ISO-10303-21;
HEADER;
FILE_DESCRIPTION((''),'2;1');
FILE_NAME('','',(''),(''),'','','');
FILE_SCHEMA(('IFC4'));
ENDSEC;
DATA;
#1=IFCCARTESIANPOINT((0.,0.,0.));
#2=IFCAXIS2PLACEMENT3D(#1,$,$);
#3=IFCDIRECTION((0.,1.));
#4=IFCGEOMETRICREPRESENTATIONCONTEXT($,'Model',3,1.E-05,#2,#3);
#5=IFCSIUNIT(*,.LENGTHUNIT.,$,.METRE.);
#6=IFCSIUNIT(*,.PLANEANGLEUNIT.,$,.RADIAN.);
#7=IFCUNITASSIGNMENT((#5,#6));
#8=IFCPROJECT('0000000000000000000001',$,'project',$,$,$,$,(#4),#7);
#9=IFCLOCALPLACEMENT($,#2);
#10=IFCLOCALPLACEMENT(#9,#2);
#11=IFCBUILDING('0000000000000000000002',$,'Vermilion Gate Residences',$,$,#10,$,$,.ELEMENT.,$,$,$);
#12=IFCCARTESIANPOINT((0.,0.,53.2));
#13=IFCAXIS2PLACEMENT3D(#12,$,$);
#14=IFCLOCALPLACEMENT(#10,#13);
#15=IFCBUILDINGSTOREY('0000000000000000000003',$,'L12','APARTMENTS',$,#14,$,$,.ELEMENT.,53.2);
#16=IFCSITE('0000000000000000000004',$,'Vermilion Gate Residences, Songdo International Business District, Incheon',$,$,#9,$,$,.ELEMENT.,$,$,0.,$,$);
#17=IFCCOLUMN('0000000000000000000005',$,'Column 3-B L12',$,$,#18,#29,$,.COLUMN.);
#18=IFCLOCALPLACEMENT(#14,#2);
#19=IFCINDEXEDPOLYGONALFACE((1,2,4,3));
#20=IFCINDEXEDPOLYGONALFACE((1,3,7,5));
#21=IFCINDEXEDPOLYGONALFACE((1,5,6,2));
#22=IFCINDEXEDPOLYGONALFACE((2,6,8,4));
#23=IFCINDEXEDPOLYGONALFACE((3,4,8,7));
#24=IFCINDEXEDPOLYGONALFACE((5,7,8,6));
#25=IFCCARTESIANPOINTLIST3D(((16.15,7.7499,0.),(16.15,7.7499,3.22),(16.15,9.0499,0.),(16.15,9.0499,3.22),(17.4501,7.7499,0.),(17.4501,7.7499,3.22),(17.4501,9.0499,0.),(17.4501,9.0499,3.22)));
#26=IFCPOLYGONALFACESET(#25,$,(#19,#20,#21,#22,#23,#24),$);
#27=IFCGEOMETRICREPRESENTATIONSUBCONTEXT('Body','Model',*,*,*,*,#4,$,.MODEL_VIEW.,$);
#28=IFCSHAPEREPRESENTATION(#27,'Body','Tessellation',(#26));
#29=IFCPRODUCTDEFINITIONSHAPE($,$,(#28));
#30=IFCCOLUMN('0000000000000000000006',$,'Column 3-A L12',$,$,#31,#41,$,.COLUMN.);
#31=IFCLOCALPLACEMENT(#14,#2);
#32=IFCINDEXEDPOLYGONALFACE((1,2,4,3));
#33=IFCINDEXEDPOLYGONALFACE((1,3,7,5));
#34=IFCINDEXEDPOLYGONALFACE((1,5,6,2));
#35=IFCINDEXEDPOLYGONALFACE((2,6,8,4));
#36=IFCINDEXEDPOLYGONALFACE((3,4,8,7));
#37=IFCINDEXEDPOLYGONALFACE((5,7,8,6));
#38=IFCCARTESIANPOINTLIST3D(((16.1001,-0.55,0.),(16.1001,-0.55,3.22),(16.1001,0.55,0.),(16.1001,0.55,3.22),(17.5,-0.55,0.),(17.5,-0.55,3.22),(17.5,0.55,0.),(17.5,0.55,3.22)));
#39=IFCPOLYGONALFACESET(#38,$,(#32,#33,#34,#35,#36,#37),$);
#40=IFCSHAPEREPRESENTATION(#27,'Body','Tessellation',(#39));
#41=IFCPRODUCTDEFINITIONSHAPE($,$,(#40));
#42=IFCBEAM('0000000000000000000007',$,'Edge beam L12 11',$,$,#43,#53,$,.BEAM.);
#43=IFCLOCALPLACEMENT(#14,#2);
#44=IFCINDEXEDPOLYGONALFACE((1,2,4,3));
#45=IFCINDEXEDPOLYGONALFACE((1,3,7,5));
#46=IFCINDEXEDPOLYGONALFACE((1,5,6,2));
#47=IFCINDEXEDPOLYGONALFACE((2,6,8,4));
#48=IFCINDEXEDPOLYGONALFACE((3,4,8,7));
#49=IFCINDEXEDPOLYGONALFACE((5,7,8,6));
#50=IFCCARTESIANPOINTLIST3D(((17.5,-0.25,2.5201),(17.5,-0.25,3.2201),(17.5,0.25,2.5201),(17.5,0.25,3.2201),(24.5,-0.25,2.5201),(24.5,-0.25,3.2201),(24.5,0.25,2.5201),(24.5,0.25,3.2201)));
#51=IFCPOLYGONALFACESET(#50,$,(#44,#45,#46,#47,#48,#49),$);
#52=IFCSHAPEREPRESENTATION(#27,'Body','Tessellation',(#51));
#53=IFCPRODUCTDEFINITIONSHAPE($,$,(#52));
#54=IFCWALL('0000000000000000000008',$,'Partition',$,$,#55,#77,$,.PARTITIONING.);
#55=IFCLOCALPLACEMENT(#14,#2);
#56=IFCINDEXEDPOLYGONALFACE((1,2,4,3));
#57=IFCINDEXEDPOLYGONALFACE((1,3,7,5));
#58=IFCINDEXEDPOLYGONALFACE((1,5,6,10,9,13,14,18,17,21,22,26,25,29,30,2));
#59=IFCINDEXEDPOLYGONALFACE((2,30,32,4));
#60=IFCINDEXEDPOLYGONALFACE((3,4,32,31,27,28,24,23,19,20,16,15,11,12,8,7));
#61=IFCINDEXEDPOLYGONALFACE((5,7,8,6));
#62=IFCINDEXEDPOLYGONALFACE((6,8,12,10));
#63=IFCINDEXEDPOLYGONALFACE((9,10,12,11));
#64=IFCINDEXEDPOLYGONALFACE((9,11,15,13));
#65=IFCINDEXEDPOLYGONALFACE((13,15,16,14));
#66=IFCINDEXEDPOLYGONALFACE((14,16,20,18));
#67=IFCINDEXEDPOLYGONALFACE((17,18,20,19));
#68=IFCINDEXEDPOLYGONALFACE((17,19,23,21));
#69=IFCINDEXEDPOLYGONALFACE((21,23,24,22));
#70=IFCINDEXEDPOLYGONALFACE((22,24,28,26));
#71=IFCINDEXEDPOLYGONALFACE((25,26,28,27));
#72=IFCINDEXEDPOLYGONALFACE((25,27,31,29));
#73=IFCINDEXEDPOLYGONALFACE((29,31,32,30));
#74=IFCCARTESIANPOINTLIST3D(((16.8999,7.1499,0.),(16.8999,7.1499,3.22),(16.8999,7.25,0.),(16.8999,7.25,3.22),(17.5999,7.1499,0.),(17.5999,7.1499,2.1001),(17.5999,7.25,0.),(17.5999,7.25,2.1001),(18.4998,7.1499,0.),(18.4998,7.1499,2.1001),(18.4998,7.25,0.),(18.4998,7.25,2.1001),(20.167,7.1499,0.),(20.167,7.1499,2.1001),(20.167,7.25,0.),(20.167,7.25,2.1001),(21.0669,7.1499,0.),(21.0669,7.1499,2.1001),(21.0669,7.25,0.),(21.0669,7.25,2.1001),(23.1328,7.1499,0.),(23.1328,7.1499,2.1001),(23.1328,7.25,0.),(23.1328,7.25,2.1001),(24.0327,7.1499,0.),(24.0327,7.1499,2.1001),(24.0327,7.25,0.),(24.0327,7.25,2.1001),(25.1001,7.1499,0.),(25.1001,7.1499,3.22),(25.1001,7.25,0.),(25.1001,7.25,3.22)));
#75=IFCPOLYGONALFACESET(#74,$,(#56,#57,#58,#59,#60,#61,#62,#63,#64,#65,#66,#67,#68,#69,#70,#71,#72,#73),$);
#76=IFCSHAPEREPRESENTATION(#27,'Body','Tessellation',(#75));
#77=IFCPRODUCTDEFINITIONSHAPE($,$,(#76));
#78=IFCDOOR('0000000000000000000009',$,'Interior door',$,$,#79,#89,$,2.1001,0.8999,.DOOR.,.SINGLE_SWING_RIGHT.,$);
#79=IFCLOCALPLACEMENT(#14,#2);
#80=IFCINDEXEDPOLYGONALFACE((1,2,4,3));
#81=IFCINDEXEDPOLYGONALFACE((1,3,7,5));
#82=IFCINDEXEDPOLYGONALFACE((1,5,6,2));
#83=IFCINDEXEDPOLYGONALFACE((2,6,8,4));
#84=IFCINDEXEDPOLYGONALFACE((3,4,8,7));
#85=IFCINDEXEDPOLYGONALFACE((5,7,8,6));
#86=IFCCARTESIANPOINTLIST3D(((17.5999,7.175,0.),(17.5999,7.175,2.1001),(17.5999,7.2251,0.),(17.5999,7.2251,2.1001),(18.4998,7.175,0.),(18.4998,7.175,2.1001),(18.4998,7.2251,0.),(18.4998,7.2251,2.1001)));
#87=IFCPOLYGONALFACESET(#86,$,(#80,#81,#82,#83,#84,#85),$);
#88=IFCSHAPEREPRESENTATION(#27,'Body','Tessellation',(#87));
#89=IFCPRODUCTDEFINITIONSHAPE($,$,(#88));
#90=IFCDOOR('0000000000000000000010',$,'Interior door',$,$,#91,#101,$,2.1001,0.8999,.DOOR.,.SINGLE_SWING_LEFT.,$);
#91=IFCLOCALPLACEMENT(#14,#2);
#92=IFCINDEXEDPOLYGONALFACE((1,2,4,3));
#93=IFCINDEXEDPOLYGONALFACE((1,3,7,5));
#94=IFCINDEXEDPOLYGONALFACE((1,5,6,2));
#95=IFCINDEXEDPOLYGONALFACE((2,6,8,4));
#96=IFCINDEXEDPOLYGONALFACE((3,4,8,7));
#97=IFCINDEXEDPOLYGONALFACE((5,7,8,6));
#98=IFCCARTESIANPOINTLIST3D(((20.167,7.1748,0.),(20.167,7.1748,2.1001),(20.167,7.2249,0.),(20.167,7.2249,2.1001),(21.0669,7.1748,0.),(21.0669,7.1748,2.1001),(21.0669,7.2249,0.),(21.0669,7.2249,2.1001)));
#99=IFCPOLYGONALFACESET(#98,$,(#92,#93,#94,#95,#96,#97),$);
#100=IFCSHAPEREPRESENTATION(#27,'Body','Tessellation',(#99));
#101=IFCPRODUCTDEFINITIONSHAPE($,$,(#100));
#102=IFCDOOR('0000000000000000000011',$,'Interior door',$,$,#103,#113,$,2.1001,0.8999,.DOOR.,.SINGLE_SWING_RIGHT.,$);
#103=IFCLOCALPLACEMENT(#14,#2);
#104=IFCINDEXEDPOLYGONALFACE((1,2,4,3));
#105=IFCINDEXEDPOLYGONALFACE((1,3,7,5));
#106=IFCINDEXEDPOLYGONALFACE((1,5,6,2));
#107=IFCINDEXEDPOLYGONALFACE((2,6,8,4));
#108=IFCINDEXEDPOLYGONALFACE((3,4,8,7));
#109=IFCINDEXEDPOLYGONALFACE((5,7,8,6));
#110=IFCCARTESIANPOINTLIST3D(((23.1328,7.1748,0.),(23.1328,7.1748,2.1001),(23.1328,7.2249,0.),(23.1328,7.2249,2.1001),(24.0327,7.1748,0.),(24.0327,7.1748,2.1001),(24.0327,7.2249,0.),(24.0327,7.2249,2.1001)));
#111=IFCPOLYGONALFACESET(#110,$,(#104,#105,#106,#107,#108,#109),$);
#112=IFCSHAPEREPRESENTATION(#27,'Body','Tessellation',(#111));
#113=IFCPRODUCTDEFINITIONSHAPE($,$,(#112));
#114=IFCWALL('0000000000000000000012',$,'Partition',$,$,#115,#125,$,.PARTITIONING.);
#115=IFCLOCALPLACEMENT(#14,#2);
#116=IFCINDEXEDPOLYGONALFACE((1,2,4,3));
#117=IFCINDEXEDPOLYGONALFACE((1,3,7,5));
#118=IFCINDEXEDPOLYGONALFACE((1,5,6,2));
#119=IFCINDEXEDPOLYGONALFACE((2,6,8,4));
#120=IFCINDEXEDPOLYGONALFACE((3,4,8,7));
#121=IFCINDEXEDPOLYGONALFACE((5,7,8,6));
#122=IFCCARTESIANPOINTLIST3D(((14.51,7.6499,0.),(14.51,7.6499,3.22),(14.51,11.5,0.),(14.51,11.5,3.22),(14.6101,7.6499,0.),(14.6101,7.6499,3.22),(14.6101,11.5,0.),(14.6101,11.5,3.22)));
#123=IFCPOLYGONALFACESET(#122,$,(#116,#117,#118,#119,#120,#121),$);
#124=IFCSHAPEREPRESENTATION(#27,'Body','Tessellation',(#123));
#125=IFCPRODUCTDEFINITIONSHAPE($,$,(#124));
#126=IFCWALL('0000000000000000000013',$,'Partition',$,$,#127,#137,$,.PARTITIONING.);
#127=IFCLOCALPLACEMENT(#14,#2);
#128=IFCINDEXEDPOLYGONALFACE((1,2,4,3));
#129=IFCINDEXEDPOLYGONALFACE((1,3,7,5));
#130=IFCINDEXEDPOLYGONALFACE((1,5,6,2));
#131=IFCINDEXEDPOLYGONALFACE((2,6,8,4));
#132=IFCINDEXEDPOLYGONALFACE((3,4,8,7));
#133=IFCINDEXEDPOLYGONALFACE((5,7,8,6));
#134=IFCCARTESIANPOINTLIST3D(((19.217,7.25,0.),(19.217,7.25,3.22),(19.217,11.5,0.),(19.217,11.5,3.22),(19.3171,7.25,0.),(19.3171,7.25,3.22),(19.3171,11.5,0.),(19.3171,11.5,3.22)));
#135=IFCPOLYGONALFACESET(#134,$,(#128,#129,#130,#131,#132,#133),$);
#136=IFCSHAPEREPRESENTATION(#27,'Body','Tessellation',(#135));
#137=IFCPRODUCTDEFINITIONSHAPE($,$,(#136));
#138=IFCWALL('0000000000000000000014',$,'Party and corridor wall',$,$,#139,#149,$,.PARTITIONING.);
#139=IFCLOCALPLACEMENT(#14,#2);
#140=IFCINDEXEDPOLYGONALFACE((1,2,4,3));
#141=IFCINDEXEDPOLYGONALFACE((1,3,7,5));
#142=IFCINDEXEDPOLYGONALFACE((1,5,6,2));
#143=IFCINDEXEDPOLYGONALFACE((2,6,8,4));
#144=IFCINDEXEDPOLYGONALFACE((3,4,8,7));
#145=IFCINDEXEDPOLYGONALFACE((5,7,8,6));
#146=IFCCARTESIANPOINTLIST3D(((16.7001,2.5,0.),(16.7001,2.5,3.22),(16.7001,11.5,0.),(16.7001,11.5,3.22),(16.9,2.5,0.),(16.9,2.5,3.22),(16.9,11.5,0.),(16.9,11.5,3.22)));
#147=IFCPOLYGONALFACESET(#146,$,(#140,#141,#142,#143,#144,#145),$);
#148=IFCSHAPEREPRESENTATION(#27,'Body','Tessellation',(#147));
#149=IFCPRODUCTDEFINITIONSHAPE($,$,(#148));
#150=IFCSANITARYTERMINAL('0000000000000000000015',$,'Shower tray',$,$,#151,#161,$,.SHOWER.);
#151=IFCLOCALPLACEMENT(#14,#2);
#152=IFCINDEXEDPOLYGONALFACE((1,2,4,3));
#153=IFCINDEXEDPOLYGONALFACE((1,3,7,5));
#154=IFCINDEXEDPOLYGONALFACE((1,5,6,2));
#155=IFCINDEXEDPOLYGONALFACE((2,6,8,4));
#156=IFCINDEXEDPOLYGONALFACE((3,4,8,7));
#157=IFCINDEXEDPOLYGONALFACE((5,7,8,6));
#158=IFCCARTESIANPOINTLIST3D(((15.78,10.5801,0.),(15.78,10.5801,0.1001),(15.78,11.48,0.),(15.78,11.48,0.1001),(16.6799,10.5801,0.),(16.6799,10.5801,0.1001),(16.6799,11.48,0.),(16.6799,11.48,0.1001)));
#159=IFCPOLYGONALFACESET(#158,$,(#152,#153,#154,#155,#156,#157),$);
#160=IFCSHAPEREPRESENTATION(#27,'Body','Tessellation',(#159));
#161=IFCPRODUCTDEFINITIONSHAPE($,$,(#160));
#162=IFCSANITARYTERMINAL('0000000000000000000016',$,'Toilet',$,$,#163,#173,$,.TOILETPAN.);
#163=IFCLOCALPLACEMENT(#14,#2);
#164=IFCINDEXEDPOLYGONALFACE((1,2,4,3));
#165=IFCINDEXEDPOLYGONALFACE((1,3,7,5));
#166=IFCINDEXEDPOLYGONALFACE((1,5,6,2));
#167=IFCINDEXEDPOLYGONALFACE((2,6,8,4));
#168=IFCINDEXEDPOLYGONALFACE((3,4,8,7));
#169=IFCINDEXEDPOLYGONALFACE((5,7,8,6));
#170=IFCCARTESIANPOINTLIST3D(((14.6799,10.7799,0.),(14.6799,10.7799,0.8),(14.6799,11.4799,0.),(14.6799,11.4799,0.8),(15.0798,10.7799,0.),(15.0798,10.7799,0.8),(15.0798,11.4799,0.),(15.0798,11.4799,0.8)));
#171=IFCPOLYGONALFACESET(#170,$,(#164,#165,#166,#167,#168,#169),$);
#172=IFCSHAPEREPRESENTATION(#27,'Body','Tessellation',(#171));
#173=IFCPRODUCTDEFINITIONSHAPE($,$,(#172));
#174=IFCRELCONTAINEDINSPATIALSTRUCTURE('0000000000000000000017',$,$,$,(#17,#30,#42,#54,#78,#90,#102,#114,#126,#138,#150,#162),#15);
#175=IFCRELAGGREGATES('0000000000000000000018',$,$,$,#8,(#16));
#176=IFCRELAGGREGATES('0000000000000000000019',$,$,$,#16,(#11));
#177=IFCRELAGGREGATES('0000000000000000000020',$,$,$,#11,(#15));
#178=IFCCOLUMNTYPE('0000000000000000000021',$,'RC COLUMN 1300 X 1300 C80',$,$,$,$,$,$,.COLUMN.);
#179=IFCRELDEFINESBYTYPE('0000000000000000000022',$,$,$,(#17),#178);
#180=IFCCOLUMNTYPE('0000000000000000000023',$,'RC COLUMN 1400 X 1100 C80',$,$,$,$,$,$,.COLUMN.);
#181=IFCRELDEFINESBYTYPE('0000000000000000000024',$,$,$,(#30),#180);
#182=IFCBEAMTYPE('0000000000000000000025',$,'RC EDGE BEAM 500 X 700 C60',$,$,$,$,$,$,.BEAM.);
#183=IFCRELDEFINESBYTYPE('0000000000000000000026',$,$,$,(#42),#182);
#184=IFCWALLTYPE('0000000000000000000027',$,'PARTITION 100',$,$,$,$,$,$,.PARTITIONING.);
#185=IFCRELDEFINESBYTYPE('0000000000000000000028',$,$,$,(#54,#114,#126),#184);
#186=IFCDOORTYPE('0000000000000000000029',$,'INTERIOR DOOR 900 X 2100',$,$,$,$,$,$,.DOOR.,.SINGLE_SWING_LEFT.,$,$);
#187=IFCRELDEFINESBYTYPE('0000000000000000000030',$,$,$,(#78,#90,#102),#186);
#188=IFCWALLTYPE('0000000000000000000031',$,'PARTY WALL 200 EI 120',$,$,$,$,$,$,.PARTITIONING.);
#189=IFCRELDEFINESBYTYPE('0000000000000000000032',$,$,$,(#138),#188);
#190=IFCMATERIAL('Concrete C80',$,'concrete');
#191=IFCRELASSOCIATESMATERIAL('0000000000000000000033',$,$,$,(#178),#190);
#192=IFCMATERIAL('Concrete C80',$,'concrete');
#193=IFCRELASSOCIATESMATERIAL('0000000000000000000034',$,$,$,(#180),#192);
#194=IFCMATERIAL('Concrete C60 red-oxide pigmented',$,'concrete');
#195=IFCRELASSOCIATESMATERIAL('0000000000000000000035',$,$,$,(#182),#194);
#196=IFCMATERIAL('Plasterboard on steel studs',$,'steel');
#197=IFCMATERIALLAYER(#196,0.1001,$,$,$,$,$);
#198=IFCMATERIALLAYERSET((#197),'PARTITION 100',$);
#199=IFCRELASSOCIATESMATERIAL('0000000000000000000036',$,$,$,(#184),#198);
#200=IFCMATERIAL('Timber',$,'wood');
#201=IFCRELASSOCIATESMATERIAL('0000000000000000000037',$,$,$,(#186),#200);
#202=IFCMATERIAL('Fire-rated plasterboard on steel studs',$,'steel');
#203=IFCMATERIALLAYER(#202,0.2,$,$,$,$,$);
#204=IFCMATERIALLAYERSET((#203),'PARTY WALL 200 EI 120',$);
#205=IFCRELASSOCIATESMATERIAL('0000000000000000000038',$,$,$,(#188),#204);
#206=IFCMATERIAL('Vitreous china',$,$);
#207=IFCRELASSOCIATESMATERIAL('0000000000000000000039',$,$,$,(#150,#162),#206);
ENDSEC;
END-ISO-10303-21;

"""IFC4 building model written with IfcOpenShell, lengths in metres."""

from ifc_helpers import new_model, si_unit, direction, frame, frame_2d, origin, origin_2d, place, context, subcontext, project, spatial, rectangle, extrude, material, layer, layer_set, material_profile, profile_set, type_object, element, fill, save


model = new_model("IFC4")

# Units and contexts
model_context = context("Model", 3, precision=1e-05, world=origin(), true_north=direction((0.0, 1.0)))
body_context = subcontext(model_context, "Body", "Model", "MODEL_VIEW")
ifc_project = project(units=[si_unit("LENGTHUNIT", "METRE"), si_unit("PLANEANGLEUNIT", "RADIAN")], contexts=[model_context])

# Site, building, storey
site_placement = place(None, origin())
site = spatial("IfcSite", under=ifc_project, at=site_placement, Name="Vermilion Gate Residences, Songdo International Business District, Incheon", CompositionType="ELEMENT", RefElevation=0.0)
building_placement = place(site_placement, origin())
building = spatial("IfcBuilding", under=site, at=building_placement, Name="Vermilion Gate Residences", CompositionType="ELEMENT")
storey_placement = place(building_placement, frame((0.0, 0.0, 53.2)))
storey = spatial("IfcBuildingStorey", under=building, at=storey_placement, Name="L12", Description="APARTMENTS", CompositionType="ELEMENT", Elevation=53.2)

# Columns
ifc_material_1 = material(Name="Concrete C80", Category="concrete")
ifc_material_profile_1 = material_profile(ifc_material_1, rectangle(XDim=1.3, YDim=1.3, at=origin_2d()), Name="RC-1300x1300")
ifc_profile_set_1 = profile_set([ifc_material_profile_1], Name="Concrete C80")
column_type_1 = type_object("IfcColumnType", Name="RC COLUMN 1300 X 1300 C80", PredefinedType="COLUMN", material=ifc_profile_set_1)
column_1_placement = place(storey_placement, frame((16.8, 8.3999, 0.0), z_axis=(0.0, 0.0, 1.0), x_axis=(1.0, 0.0, 0.0)))
element("IfcColumn", 1, at=column_1_placement, inside=storey, type_object=column_type_1, Name="Column 3-B L12", PredefinedType="COLUMN", context=body_context, shape_type="SweptSolid", body=[
    extrude(rectangle(XDim=1.3, YDim=1.3, at=origin_2d()), origin(), (0.0, 0.0, 1.0), 3.22),
])
ifc_material_2 = material(Name="Concrete C80", Category="concrete")
ifc_material_profile_2 = material_profile(ifc_material_2, rectangle(XDim=1.3999, YDim=1.1001, at=origin_2d()), Name="RC-1400x1100")
ifc_profile_set_2 = profile_set([ifc_material_profile_2], Name="Concrete C80")
column_type_2 = type_object("IfcColumnType", Name="RC COLUMN 1400 X 1100 C80", PredefinedType="COLUMN", material=ifc_profile_set_2)
column_2_placement = place(storey_placement, frame((16.8, 0.0, 0.0), z_axis=(0.0, 0.0, 1.0), x_axis=(1.0, 0.0, 0.0)))
element("IfcColumn", 2, at=column_2_placement, inside=storey, type_object=column_type_2, Name="Column 3-A L12", PredefinedType="COLUMN", context=body_context, shape_type="SweptSolid", body=[
    extrude(rectangle(XDim=1.3999, YDim=1.1001, at=origin_2d()), origin(), (0.0, 0.0, 1.0), 3.22),
])

# Beam
ifc_material_3 = material(Name="Concrete C60 red-oxide pigmented", Category="concrete")
ifc_material_profile_3 = material_profile(ifc_material_3, rectangle(XDim=0.5, YDim=0.7, at=origin_2d()), Name="RC-500x700")
ifc_profile_set_3 = profile_set([ifc_material_profile_3], Name="Concrete C60 red-oxide pigmented")
beam_type = type_object("IfcBeamType", Name="RC EDGE BEAM 500 X 700 C60", PredefinedType="BEAM", material=ifc_profile_set_3)
beam_placement = place(storey_placement, frame((17.5, 0.0, 2.8701), z_axis=(1.0, 0.0, 0.0), x_axis=(0.0, 1.0, 0.0)))
element("IfcBeam", 3, at=beam_placement, inside=storey, type_object=beam_type, Name="Edge beam L12 11", PredefinedType="BEAM", context=body_context, shape_type="SweptSolid", body=[
    extrude(rectangle(XDim=0.5, YDim=0.7, at=origin_2d()), origin(), (0.0, 0.0, 1.0), 7.0),
])

# Wall, openings, doors
ifc_material_4 = material(Name="Plasterboard on steel studs", Category="steel")
ifc_layer_1 = layer(ifc_material_4, 0.1001)
ifc_layer_set_1 = layer_set([ifc_layer_1], Name="PARTITION 100")
wall_type_1 = type_object("IfcWallType", Name="PARTITION 100", PredefinedType="PARTITIONING", material=ifc_layer_set_1)
wall_1_placement = place(storey_placement, frame((16.8999, 7.2, 0.0), z_axis=(0.0, 0.0, 1.0), x_axis=(1.0, 0.0, 0.0)))
wall_1 = element("IfcWall", 4, at=wall_1_placement, inside=storey, type_object=wall_type_1, Name="Partition", PredefinedType="PARTITIONING", context=body_context, shape_type="SweptSolid", body=[
    extrude(rectangle(XDim=8.2002, YDim=0.1001, at=frame_2d((4.1001, 0.0))), origin(), (0.0, 0.0, 1.0), 3.22),
])
opening_1_placement = place(wall_1_placement, frame((0.7, 0.0, 0.0)))
opening_1 = element("IfcOpeningElement", 5, at=opening_1_placement, cuts=wall_1, PredefinedType="OPENING", context=body_context, shape_type="SweptSolid", body=[
    extrude(rectangle(XDim=0.8999, YDim=2.1001, at=frame_2d((0.45, 1.05))), frame((0.0, 0.0601, 0.0), z_axis=(0.0, -1.0, 0.0), x_axis=(1.0, 0.0, 0.0)), (0.0, 0.0, 1.0), 0.1201),
])
opening_2_placement = place(wall_1_placement, frame((3.2671, 0.0, 0.0)))
opening_2 = element("IfcOpeningElement", 6, at=opening_2_placement, cuts=wall_1, PredefinedType="OPENING", context=body_context, shape_type="SweptSolid", body=[
    extrude(rectangle(XDim=0.8999, YDim=2.1001, at=frame_2d((0.45, 1.05))), frame((0.0, 0.0601, 0.0), z_axis=(0.0, -1.0, 0.0), x_axis=(1.0, 0.0, 0.0)), (0.0, 0.0, 1.0), 0.1201),
])
opening_3_placement = place(wall_1_placement, frame((6.2329, 0.0, 0.0)))
opening_3 = element("IfcOpeningElement", 7, at=opening_3_placement, cuts=wall_1, PredefinedType="OPENING", context=body_context, shape_type="SweptSolid", body=[
    extrude(rectangle(XDim=0.8999, YDim=2.1001, at=frame_2d((0.45, 1.05))), frame((0.0, 0.0601, 0.0), z_axis=(0.0, -1.0, 0.0), x_axis=(1.0, 0.0, 0.0)), (0.0, 0.0, 1.0), 0.1201),
])
ifc_material_5 = material(Name="Timber", Category="wood")
door_type = type_object("IfcDoorType", Name="INTERIOR DOOR 900 X 2100", OperationType="SINGLE_SWING_LEFT", PredefinedType="DOOR", material=ifc_material_5)
door_1_placement = place(opening_1_placement, frame((0.8999, 0.0, 0.0), z_axis=(0.0, 0.0, 1.0), x_axis=(-1.0, 0.0, 0.0)))
door_1 = element("IfcDoor", 8, at=door_1_placement, inside=storey, type_object=door_type, Name="Interior door", OperationType="SINGLE_SWING_RIGHT", OverallHeight=2.1001, OverallWidth=0.8999, PredefinedType="DOOR", context=body_context, shape_type="SweptSolid", body=[
    extrude(rectangle(XDim=0.8999, YDim=2.1001, at=frame_2d((0.45, 1.05))), frame((0.0, 0.0249, 0.0), z_axis=(0.0, -1.0, 0.0), x_axis=(1.0, 0.0, 0.0)), (0.0, 0.0, 1.0), 0.05),
])
fill(opening_1, door_1)
door_2_placement = place(opening_2_placement, origin())
door_2 = element("IfcDoor", 9, at=door_2_placement, inside=storey, type_object=door_type, Name="Interior door", OperationType="SINGLE_SWING_LEFT", OverallHeight=2.1001, OverallWidth=0.8999, PredefinedType="DOOR", context=body_context, shape_type="SweptSolid", body=[
    extrude(rectangle(XDim=0.8999, YDim=2.1001, at=frame_2d((0.45, 1.05))), frame((0.0, 0.0249, 0.0), z_axis=(0.0, -1.0, 0.0), x_axis=(1.0, 0.0, 0.0)), (0.0, 0.0, 1.0), 0.05),
])
fill(opening_2, door_2)
door_3_placement = place(opening_3_placement, origin())
door_3 = element("IfcDoor", 10, at=door_3_placement, inside=storey, type_object=door_type, Name="Interior door", OperationType="SINGLE_SWING_RIGHT", OverallHeight=2.1001, OverallWidth=0.8999, PredefinedType="DOOR", context=body_context, shape_type="SweptSolid", body=[
    extrude(rectangle(XDim=0.8999, YDim=2.1001, at=frame_2d((0.45, 1.05))), frame((0.0, 0.0249, 0.0), z_axis=(0.0, -1.0, 0.0), x_axis=(1.0, 0.0, 0.0)), (0.0, 0.0, 1.0), 0.05),
])
fill(opening_3, door_3)

# Walls
wall_2_placement = place(storey_placement, frame((14.5601, 7.6499, 0.0), z_axis=(0.0, 0.0, 1.0), x_axis=(0.0, 1.0, 0.0)))
element("IfcWall", 11, at=wall_2_placement, inside=storey, type_object=wall_type_1, Name="Partition", PredefinedType="PARTITIONING", context=body_context, shape_type="SweptSolid", body=[
    extrude(rectangle(XDim=3.8501, YDim=0.1001, at=frame_2d((1.925, 0.0))), origin(), (0.0, 0.0, 1.0), 3.22),
])
wall_3_placement = place(storey_placement, frame((19.2671, 7.25, 0.0), z_axis=(0.0, 0.0, 1.0), x_axis=(0.0, 1.0, 0.0)))
element("IfcWall", 12, at=wall_3_placement, inside=storey, type_object=wall_type_1, Name="Partition", PredefinedType="PARTITIONING", context=body_context, shape_type="SweptSolid", body=[
    extrude(rectangle(XDim=4.25, YDim=0.1001, at=frame_2d((2.125, 0.0))), origin(), (0.0, 0.0, 1.0), 3.22),
])
ifc_material_6 = material(Name="Fire-rated plasterboard on steel studs", Category="steel")
ifc_layer_2 = layer(ifc_material_6, 0.2)
ifc_layer_set_2 = layer_set([ifc_layer_2], Name="PARTY WALL 200 EI 120")
wall_type_2 = type_object("IfcWallType", Name="PARTY WALL 200 EI 120", PredefinedType="PARTITIONING", material=ifc_layer_set_2)
wall_4_placement = place(storey_placement, frame((16.8, 2.5, 0.0), z_axis=(0.0, 0.0, 1.0), x_axis=(0.0, 1.0, 0.0)))
element("IfcWall", 13, at=wall_4_placement, inside=storey, type_object=wall_type_2, Name="Party and corridor wall", PredefinedType="PARTITIONING", context=body_context, shape_type="SweptSolid", body=[
    extrude(rectangle(XDim=9.0, YDim=0.2, at=frame_2d((4.5, 0.0))), origin(), (0.0, 0.0, 1.0), 3.22),
])

# Sanitary terminals
ifc_material_7 = material(Name="Vitreous china")
sanitary_terminal_1_placement = place(storey_placement, frame((16.23, 11.03, 0.0), z_axis=(0.0, 0.0, 1.0), x_axis=(1.0, 0.0, 0.0)))
element("IfcSanitaryTerminal", 14, at=sanitary_terminal_1_placement, inside=storey, material=ifc_material_7, Name="Shower tray", PredefinedType="SHOWER", context=body_context, shape_type="SweptSolid", body=[
    extrude(rectangle(XDim=0.8999, YDim=0.8999, at=origin_2d()), origin(), (0.0, 0.0, 1.0), 0.1001),
])
sanitary_terminal_2_placement = place(storey_placement, frame((14.8799, 11.1299, 0.0), z_axis=(0.0, 0.0, 1.0), x_axis=(1.0, 0.0, 0.0)))
element("IfcSanitaryTerminal", 15, at=sanitary_terminal_2_placement, inside=storey, material=ifc_material_7, Name="Toilet", PredefinedType="TOILETPAN", context=body_context, shape_type="SweptSolid", body=[
    extrude(rectangle(XDim=0.3999, YDim=0.7, at=origin_2d()), origin(), (0.0, 0.0, 1.0), 0.8),
])

save(model, "model.ifc")
